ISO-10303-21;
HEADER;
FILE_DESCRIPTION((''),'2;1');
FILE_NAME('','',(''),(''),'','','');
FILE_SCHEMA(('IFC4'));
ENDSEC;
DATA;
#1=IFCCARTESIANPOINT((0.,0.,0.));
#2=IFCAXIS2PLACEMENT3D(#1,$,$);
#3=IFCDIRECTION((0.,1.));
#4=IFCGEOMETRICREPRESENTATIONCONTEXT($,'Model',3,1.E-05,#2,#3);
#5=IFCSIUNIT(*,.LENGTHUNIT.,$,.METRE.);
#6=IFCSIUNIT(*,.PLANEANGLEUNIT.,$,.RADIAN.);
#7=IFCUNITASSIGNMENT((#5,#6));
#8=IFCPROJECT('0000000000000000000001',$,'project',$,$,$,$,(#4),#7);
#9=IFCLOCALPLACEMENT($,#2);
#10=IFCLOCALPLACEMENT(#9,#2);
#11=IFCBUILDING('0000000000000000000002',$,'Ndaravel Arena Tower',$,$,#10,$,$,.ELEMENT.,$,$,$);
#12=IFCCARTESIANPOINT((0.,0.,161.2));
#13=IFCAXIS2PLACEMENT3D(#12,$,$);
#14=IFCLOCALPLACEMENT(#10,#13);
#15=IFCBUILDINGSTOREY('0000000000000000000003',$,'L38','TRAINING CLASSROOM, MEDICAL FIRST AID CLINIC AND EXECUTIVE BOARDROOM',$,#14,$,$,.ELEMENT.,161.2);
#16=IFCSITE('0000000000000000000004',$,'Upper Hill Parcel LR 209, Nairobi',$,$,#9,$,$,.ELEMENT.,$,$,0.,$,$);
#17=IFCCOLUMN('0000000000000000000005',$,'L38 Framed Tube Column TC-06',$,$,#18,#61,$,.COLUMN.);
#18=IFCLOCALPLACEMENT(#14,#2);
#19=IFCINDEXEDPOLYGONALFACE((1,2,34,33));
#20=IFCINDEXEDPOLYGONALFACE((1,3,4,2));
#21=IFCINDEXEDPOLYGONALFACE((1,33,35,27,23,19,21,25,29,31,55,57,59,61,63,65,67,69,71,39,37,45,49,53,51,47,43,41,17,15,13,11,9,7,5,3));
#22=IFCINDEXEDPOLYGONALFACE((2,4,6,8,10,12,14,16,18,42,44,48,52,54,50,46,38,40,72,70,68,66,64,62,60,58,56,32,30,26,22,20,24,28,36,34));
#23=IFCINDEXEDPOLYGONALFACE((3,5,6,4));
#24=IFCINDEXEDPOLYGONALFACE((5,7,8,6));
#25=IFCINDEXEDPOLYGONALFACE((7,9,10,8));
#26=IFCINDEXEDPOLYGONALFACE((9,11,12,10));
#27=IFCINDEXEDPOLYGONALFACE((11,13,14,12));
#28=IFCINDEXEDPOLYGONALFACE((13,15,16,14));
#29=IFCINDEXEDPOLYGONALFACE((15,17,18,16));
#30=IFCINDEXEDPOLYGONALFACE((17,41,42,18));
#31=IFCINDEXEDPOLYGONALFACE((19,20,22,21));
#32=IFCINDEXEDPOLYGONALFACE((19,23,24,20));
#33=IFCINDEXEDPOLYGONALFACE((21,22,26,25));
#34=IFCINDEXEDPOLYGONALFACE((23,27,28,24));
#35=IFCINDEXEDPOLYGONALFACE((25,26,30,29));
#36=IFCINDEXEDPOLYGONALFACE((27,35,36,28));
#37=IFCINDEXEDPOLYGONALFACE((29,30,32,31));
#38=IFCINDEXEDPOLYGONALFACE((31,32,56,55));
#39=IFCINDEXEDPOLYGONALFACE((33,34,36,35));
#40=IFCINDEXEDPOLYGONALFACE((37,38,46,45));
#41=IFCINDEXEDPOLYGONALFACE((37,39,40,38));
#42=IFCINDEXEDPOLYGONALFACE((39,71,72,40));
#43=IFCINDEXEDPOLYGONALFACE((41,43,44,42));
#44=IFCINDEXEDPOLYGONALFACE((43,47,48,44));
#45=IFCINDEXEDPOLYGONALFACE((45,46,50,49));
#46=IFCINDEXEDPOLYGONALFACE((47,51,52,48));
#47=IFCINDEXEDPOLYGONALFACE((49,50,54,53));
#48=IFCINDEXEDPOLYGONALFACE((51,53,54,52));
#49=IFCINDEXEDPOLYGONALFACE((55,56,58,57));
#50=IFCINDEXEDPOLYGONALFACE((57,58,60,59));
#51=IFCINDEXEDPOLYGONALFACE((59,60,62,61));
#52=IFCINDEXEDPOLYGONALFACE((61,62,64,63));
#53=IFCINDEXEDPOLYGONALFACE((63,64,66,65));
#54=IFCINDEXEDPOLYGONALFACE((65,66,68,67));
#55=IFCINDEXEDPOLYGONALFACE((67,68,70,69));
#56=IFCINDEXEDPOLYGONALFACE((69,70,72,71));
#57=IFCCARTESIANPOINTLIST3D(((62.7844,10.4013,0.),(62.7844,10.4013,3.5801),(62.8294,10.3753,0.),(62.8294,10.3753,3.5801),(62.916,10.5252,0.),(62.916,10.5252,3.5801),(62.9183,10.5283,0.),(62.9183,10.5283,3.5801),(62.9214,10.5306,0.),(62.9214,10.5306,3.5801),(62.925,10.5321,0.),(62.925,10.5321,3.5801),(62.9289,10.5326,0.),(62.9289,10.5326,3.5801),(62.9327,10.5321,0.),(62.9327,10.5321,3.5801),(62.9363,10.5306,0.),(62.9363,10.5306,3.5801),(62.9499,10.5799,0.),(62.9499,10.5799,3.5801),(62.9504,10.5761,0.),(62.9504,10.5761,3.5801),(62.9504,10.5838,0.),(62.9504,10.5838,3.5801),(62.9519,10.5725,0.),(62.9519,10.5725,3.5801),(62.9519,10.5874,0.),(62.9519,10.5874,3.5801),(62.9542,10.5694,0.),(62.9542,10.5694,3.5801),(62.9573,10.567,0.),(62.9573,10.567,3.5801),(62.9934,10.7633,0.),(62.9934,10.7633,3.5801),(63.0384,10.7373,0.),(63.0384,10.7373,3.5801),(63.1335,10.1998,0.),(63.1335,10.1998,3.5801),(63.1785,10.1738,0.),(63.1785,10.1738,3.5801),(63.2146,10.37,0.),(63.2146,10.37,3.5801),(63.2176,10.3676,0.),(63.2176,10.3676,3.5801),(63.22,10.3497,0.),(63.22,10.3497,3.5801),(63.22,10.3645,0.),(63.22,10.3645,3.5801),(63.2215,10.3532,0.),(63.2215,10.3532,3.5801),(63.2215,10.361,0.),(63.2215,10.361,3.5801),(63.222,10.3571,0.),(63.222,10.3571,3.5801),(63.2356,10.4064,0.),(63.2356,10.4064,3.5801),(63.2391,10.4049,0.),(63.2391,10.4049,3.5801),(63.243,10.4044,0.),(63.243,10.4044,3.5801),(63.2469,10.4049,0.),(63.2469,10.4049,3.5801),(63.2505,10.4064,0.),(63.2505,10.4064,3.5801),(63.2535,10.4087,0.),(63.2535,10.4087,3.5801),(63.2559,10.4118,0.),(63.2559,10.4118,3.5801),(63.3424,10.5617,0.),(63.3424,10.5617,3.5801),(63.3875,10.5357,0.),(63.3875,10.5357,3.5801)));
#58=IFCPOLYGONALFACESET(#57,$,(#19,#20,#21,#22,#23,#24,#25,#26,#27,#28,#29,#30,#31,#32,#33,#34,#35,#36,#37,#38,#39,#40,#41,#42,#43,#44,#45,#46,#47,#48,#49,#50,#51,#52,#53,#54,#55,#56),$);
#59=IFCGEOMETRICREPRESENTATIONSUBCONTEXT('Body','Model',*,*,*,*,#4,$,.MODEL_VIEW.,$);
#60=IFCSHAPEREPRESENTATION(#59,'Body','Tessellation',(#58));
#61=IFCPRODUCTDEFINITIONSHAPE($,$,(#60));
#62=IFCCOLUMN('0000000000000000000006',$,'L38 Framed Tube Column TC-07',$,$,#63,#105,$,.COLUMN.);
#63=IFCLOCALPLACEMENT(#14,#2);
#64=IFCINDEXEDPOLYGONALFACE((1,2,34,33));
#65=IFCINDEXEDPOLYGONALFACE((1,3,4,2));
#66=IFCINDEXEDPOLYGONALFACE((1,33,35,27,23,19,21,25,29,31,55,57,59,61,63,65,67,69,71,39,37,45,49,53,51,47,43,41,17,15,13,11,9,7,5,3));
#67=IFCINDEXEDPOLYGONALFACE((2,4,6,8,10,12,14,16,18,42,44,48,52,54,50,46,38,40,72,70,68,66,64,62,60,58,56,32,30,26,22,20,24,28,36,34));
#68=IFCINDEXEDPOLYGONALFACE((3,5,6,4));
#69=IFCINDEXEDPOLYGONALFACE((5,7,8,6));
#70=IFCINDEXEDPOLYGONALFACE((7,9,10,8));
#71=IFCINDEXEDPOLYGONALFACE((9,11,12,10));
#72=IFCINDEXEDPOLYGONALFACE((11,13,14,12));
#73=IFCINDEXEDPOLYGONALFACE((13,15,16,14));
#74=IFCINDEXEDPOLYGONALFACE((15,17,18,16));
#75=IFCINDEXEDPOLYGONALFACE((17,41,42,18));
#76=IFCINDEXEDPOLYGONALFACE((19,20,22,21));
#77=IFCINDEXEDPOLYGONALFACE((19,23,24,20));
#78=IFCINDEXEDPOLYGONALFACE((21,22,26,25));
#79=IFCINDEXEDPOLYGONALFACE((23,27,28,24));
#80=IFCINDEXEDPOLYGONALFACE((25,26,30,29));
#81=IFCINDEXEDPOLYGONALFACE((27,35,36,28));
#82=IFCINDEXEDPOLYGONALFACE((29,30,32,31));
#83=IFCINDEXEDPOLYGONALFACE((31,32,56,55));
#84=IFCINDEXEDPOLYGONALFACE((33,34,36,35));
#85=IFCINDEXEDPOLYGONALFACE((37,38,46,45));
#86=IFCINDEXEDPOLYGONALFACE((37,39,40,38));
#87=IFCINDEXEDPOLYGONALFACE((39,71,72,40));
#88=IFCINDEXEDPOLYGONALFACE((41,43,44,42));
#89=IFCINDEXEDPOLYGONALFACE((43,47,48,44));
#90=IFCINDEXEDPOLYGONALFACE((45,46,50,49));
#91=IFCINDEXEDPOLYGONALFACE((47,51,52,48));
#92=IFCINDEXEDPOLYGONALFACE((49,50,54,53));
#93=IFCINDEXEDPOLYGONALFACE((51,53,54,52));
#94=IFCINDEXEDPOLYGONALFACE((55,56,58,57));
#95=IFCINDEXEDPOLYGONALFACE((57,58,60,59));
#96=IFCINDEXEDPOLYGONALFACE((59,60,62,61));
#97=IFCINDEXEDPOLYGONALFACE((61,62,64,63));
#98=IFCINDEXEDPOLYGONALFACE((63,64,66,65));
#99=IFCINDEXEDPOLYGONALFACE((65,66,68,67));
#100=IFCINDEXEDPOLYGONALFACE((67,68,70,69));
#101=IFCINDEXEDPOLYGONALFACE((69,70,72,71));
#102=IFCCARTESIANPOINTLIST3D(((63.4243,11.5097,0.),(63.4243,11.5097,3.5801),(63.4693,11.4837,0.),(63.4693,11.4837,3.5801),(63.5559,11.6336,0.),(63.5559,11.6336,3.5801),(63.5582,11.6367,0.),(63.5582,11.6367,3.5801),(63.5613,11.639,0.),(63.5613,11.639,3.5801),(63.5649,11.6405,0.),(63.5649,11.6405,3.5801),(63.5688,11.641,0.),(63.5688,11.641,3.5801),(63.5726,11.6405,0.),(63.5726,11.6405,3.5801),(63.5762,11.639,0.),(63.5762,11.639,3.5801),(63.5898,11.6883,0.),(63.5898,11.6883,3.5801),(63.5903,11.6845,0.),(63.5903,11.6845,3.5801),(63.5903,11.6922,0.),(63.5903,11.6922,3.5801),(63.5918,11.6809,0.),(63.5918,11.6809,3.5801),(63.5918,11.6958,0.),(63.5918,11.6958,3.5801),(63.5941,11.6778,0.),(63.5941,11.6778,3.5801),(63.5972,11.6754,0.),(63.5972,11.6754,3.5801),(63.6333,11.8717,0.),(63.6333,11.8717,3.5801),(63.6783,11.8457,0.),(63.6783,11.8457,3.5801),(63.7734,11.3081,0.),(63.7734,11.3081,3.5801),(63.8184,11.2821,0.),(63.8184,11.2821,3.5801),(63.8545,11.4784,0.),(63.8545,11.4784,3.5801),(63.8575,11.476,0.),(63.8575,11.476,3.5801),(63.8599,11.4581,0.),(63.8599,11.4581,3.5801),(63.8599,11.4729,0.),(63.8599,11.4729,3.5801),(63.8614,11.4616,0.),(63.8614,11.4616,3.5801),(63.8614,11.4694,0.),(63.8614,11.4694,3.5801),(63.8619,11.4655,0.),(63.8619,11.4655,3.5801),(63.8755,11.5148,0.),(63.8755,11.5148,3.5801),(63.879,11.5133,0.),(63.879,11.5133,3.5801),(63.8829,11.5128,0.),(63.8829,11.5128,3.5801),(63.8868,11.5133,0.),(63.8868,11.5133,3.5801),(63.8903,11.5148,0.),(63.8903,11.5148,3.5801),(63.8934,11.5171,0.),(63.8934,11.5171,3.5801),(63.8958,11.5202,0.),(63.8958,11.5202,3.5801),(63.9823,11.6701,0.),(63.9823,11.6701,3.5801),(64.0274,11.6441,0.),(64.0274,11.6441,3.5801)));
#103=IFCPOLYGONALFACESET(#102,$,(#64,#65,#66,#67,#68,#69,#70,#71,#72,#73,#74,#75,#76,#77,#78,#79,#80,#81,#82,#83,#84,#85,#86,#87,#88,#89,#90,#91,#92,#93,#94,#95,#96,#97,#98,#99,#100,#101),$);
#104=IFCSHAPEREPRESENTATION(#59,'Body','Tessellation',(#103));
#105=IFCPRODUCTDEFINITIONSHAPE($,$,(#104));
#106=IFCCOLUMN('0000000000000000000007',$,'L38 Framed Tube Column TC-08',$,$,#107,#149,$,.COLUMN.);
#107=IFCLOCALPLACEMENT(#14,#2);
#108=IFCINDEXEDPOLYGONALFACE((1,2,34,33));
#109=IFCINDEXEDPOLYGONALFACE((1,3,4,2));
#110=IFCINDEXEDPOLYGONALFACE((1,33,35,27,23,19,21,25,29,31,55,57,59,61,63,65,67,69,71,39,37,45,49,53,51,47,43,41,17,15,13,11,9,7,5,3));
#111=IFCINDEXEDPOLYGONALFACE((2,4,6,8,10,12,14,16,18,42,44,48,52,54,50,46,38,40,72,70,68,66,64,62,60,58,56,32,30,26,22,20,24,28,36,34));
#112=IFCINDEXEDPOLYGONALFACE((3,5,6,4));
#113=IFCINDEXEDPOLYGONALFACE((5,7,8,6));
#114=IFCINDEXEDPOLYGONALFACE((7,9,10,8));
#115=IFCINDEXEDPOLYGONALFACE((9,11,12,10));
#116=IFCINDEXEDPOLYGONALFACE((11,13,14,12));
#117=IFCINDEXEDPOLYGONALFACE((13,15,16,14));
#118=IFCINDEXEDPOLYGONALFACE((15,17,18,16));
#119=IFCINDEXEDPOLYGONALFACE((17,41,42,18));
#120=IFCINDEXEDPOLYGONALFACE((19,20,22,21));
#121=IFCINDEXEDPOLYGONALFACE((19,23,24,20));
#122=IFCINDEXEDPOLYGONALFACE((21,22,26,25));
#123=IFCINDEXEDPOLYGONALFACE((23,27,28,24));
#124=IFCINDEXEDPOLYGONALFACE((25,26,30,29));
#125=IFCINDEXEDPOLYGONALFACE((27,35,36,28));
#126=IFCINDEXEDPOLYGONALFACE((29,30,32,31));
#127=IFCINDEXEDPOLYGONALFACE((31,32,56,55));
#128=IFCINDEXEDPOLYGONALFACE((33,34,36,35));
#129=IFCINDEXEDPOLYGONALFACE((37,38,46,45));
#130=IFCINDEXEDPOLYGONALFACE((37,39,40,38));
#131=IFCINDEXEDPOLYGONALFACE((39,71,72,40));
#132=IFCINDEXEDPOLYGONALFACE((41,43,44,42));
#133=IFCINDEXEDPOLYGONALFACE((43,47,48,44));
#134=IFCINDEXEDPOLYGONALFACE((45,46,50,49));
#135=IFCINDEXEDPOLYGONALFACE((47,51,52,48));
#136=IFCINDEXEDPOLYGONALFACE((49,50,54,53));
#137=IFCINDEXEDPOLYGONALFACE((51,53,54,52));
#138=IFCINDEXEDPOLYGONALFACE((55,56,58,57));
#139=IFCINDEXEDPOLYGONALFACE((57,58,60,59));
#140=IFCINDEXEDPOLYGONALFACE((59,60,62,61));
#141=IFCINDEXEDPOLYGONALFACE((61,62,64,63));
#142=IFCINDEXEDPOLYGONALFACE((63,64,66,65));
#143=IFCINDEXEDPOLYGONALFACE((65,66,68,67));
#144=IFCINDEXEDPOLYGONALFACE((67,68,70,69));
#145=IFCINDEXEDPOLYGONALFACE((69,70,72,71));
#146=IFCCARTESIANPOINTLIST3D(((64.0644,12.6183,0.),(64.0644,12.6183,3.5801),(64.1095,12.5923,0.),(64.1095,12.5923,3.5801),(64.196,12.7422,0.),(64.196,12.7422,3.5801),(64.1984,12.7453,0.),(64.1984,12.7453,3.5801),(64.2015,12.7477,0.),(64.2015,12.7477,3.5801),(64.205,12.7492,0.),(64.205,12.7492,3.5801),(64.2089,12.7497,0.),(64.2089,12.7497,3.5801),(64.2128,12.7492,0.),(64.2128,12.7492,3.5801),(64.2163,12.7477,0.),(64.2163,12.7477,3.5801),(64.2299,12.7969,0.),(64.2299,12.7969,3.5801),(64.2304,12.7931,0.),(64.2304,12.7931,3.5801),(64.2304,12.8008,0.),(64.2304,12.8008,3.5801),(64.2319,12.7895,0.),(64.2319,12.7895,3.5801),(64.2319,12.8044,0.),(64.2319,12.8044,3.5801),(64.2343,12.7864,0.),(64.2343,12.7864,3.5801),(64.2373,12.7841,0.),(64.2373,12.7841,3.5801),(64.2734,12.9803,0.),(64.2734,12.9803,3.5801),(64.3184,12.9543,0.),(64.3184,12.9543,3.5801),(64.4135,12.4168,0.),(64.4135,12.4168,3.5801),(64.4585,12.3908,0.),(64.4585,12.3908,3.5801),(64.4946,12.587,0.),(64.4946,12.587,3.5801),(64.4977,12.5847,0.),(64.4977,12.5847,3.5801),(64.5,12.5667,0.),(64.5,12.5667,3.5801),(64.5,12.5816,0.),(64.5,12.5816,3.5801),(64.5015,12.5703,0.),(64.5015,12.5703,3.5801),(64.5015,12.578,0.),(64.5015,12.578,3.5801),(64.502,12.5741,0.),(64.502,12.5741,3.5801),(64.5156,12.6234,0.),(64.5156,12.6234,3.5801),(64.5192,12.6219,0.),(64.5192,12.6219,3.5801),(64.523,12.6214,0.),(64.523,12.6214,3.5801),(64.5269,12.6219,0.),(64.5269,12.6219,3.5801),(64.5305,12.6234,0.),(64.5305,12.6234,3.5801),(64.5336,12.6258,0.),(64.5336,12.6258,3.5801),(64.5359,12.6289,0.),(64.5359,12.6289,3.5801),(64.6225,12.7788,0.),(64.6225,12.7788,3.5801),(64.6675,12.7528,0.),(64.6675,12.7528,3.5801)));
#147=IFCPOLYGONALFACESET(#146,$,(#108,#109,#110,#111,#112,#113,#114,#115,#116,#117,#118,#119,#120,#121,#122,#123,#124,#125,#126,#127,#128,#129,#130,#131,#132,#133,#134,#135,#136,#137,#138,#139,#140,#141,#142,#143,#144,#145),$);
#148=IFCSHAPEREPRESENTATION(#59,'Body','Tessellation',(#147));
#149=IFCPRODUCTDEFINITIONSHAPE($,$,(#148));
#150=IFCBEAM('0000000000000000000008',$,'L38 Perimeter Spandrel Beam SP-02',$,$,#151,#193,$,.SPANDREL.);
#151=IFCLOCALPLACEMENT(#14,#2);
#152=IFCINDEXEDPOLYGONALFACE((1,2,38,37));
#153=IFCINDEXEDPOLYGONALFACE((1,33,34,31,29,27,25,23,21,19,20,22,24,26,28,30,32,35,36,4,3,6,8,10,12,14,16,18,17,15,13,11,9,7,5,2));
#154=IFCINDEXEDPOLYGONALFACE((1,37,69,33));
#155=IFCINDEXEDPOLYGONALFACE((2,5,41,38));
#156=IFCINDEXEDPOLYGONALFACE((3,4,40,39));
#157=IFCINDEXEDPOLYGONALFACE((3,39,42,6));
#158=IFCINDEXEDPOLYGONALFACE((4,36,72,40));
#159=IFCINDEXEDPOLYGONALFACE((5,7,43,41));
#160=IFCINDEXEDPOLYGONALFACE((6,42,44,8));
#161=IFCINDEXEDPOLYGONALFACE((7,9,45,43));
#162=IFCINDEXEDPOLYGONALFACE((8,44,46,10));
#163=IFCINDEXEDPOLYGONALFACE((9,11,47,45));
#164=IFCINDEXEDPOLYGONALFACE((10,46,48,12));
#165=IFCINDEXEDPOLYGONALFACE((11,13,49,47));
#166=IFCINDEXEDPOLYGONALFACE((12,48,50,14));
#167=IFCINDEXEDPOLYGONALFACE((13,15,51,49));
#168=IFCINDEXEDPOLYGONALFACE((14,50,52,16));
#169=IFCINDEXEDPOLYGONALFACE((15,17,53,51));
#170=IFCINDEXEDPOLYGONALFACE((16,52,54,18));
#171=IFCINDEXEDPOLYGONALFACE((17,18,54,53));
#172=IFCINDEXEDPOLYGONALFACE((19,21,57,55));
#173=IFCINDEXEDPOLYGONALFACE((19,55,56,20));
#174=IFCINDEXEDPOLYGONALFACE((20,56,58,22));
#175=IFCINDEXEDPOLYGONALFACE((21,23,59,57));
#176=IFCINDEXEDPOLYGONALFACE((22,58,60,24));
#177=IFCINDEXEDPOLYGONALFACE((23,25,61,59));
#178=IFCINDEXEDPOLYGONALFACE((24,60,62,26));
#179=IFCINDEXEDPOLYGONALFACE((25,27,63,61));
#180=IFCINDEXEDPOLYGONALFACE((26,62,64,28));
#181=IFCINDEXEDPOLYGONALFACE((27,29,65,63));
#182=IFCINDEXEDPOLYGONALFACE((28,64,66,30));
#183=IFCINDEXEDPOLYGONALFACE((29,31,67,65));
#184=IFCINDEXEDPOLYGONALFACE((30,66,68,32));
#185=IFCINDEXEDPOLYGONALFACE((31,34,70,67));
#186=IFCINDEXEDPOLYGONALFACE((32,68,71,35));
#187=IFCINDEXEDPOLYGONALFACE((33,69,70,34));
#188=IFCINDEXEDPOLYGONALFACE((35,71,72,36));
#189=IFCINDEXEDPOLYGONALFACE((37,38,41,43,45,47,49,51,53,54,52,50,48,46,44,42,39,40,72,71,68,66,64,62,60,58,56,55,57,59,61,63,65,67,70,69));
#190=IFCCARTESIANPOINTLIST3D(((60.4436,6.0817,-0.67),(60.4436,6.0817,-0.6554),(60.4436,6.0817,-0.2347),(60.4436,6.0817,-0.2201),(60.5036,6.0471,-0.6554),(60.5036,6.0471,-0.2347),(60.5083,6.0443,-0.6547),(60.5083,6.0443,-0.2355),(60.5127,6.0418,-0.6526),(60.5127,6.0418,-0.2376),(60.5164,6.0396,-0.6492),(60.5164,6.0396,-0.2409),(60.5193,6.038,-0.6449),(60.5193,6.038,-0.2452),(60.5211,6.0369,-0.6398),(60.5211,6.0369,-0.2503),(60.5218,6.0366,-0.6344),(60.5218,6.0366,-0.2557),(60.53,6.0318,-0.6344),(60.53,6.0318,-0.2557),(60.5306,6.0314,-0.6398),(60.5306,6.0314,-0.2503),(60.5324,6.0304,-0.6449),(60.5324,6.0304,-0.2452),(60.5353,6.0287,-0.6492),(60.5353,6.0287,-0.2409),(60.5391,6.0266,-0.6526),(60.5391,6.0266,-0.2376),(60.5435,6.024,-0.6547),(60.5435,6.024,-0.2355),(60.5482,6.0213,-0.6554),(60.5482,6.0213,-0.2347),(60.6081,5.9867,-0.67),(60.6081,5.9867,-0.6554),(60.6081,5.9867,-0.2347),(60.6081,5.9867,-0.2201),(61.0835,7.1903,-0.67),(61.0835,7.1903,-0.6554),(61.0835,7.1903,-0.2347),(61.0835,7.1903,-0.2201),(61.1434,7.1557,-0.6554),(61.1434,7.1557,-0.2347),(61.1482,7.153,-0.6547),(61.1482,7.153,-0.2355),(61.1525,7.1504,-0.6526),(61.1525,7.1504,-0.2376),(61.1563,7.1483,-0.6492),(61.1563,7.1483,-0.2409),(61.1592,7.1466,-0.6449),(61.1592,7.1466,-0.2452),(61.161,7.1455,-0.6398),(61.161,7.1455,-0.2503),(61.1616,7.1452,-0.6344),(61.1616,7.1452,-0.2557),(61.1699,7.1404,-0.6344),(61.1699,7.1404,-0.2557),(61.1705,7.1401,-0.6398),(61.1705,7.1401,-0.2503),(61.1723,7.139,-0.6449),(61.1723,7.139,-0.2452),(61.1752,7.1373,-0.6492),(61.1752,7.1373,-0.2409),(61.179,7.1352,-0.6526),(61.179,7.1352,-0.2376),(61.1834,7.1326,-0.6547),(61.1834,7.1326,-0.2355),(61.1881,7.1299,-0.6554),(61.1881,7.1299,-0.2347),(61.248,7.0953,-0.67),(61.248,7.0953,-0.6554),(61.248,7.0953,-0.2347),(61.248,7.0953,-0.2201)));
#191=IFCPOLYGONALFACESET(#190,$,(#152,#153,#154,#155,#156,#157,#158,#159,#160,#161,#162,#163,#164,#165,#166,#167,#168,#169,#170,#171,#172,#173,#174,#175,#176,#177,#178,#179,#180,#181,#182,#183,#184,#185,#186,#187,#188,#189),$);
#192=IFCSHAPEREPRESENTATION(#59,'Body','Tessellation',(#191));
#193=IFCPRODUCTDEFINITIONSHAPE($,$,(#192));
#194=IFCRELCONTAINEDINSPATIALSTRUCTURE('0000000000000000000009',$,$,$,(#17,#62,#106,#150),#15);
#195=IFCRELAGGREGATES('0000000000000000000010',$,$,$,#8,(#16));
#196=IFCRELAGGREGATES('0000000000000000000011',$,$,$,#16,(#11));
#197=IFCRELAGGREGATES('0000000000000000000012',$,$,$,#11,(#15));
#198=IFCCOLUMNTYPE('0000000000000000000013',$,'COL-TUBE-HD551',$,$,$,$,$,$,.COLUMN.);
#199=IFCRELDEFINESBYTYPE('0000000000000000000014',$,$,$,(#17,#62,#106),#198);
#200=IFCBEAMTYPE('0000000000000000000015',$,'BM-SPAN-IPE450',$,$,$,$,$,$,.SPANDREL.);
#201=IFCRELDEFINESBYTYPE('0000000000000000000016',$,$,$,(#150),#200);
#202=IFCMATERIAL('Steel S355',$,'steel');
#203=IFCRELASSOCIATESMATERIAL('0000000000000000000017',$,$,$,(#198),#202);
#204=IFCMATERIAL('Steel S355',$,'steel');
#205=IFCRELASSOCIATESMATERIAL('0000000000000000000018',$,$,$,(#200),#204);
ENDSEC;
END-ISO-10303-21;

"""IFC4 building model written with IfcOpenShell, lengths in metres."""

from ifc_helpers import new_model, si_unit, direction, frame, origin, origin_2d, place, context, subcontext, project, spatial, i_section, extrude, material, material_profile, profile_set, type_object, element, save


model = new_model("IFC4")

# Units and contexts
model_context = context("Model", 3, precision=1e-05, world=origin(), true_north=direction((0.0, 1.0)))
body_context = subcontext(model_context, "Body", "Model", "MODEL_VIEW")
ifc_project = project(units=[si_unit("LENGTHUNIT", "METRE"), si_unit("PLANEANGLEUNIT", "RADIAN")], contexts=[model_context])

# Site, building, storey
site_placement = place(None, origin())
site = spatial("IfcSite", under=ifc_project, at=site_placement, Name="Upper Hill Parcel LR 209, Nairobi", CompositionType="ELEMENT", RefElevation=0.0)
building_placement = place(site_placement, origin())
building = spatial("IfcBuilding", under=site, at=building_placement, Name="Ndaravel Arena Tower", CompositionType="ELEMENT")
storey_placement = place(building_placement, frame((0.0, 0.0, 161.2)))
storey = spatial("IfcBuildingStorey", under=building, at=storey_placement, Name="L38", Description="TRAINING CLASSROOM, MEDICAL FIRST AID CLINIC AND EXECUTIVE BOARDROOM", CompositionType="ELEMENT", Elevation=161.2)

# Columns
ifc_material_1 = material(Name="Steel S355", Category="steel")
ifc_material_profile_1 = material_profile(ifc_material_1, i_section(OverallWidth=0.418, OverallDepth=0.4551, WebThickness=0.042, FlangeThickness=0.052, FilletRadius=0.0149, at=origin_2d()), Name="HD 400x551")
ifc_profile_set_1 = profile_set([ifc_material_profile_1], Name="Steel S355")
column_type = type_object("IfcColumnType", Name="COL-TUBE-HD551", PredefinedType="COLUMN", material=ifc_profile_set_1)
for number, where, z_axis, x_axis, name in (
    (1, (63.0859, 10.4685, 0.0), (0.0, 0.0, 1.0), (0.5, 0.866025, 0.0), "L38 Framed Tube Column TC-06"),
    (2, (63.7258, 11.5769, 0.0), (0.0, 0.0, 1.0), (0.5, 0.866025, 0.0), "L38 Framed Tube Column TC-07"),
    (3, (64.366, 12.6855, 0.0), (0.0, 0.0, 1.0), (0.5, 0.866025, 0.0), "L38 Framed Tube Column TC-08"),
):
    element("IfcColumn", number, at=place(storey_placement, frame(where, z_axis=z_axis, x_axis=x_axis)), inside=storey, type_object=column_type, Name=name, PredefinedType="COLUMN", context=body_context, shape_type="SweptSolid", body=[
        extrude(i_section(OverallWidth=0.418, OverallDepth=0.4551, WebThickness=0.042, FlangeThickness=0.052, FilletRadius=0.0149, at=origin_2d()), origin(), (0.0, 0.0, 1.0), 3.5801),
    ])

# Beam
ifc_material_2 = material(Name="Steel S355", Category="steel")
ifc_material_profile_2 = material_profile(ifc_material_2, i_section(OverallWidth=0.1899, OverallDepth=0.45, WebThickness=0.0095, FlangeThickness=0.0146, FilletRadius=0.021, at=origin_2d()), Name="IPE 450")
ifc_profile_set_2 = profile_set([ifc_material_profile_2], Name="Steel S355")
beam_type = type_object("IfcBeamType", Name="BM-SPAN-IPE450", PredefinedType="SPANDREL", material=ifc_profile_set_2)
beam_1_placement = place(storey_placement, frame((60.5259, 6.0342, -0.4451), z_axis=(0.499893, 0.866087, 0.0), x_axis=(-0.866087, 0.499893, 0.0)))
element("IfcBeam", 4, at=beam_1_placement, inside=storey, type_object=beam_type, Name="L38 Perimeter Spandrel Beam SP-02", PredefinedType="SPANDREL", context=body_context, shape_type="SweptSolid", body=[
    extrude(i_section(OverallWidth=0.1899, OverallDepth=0.45, WebThickness=0.0095, FlangeThickness=0.0146, FilletRadius=0.021, at=origin_2d()), origin(), (0.0, 0.0, 1.0), 1.28),
])

save(model, "model.ifc")
